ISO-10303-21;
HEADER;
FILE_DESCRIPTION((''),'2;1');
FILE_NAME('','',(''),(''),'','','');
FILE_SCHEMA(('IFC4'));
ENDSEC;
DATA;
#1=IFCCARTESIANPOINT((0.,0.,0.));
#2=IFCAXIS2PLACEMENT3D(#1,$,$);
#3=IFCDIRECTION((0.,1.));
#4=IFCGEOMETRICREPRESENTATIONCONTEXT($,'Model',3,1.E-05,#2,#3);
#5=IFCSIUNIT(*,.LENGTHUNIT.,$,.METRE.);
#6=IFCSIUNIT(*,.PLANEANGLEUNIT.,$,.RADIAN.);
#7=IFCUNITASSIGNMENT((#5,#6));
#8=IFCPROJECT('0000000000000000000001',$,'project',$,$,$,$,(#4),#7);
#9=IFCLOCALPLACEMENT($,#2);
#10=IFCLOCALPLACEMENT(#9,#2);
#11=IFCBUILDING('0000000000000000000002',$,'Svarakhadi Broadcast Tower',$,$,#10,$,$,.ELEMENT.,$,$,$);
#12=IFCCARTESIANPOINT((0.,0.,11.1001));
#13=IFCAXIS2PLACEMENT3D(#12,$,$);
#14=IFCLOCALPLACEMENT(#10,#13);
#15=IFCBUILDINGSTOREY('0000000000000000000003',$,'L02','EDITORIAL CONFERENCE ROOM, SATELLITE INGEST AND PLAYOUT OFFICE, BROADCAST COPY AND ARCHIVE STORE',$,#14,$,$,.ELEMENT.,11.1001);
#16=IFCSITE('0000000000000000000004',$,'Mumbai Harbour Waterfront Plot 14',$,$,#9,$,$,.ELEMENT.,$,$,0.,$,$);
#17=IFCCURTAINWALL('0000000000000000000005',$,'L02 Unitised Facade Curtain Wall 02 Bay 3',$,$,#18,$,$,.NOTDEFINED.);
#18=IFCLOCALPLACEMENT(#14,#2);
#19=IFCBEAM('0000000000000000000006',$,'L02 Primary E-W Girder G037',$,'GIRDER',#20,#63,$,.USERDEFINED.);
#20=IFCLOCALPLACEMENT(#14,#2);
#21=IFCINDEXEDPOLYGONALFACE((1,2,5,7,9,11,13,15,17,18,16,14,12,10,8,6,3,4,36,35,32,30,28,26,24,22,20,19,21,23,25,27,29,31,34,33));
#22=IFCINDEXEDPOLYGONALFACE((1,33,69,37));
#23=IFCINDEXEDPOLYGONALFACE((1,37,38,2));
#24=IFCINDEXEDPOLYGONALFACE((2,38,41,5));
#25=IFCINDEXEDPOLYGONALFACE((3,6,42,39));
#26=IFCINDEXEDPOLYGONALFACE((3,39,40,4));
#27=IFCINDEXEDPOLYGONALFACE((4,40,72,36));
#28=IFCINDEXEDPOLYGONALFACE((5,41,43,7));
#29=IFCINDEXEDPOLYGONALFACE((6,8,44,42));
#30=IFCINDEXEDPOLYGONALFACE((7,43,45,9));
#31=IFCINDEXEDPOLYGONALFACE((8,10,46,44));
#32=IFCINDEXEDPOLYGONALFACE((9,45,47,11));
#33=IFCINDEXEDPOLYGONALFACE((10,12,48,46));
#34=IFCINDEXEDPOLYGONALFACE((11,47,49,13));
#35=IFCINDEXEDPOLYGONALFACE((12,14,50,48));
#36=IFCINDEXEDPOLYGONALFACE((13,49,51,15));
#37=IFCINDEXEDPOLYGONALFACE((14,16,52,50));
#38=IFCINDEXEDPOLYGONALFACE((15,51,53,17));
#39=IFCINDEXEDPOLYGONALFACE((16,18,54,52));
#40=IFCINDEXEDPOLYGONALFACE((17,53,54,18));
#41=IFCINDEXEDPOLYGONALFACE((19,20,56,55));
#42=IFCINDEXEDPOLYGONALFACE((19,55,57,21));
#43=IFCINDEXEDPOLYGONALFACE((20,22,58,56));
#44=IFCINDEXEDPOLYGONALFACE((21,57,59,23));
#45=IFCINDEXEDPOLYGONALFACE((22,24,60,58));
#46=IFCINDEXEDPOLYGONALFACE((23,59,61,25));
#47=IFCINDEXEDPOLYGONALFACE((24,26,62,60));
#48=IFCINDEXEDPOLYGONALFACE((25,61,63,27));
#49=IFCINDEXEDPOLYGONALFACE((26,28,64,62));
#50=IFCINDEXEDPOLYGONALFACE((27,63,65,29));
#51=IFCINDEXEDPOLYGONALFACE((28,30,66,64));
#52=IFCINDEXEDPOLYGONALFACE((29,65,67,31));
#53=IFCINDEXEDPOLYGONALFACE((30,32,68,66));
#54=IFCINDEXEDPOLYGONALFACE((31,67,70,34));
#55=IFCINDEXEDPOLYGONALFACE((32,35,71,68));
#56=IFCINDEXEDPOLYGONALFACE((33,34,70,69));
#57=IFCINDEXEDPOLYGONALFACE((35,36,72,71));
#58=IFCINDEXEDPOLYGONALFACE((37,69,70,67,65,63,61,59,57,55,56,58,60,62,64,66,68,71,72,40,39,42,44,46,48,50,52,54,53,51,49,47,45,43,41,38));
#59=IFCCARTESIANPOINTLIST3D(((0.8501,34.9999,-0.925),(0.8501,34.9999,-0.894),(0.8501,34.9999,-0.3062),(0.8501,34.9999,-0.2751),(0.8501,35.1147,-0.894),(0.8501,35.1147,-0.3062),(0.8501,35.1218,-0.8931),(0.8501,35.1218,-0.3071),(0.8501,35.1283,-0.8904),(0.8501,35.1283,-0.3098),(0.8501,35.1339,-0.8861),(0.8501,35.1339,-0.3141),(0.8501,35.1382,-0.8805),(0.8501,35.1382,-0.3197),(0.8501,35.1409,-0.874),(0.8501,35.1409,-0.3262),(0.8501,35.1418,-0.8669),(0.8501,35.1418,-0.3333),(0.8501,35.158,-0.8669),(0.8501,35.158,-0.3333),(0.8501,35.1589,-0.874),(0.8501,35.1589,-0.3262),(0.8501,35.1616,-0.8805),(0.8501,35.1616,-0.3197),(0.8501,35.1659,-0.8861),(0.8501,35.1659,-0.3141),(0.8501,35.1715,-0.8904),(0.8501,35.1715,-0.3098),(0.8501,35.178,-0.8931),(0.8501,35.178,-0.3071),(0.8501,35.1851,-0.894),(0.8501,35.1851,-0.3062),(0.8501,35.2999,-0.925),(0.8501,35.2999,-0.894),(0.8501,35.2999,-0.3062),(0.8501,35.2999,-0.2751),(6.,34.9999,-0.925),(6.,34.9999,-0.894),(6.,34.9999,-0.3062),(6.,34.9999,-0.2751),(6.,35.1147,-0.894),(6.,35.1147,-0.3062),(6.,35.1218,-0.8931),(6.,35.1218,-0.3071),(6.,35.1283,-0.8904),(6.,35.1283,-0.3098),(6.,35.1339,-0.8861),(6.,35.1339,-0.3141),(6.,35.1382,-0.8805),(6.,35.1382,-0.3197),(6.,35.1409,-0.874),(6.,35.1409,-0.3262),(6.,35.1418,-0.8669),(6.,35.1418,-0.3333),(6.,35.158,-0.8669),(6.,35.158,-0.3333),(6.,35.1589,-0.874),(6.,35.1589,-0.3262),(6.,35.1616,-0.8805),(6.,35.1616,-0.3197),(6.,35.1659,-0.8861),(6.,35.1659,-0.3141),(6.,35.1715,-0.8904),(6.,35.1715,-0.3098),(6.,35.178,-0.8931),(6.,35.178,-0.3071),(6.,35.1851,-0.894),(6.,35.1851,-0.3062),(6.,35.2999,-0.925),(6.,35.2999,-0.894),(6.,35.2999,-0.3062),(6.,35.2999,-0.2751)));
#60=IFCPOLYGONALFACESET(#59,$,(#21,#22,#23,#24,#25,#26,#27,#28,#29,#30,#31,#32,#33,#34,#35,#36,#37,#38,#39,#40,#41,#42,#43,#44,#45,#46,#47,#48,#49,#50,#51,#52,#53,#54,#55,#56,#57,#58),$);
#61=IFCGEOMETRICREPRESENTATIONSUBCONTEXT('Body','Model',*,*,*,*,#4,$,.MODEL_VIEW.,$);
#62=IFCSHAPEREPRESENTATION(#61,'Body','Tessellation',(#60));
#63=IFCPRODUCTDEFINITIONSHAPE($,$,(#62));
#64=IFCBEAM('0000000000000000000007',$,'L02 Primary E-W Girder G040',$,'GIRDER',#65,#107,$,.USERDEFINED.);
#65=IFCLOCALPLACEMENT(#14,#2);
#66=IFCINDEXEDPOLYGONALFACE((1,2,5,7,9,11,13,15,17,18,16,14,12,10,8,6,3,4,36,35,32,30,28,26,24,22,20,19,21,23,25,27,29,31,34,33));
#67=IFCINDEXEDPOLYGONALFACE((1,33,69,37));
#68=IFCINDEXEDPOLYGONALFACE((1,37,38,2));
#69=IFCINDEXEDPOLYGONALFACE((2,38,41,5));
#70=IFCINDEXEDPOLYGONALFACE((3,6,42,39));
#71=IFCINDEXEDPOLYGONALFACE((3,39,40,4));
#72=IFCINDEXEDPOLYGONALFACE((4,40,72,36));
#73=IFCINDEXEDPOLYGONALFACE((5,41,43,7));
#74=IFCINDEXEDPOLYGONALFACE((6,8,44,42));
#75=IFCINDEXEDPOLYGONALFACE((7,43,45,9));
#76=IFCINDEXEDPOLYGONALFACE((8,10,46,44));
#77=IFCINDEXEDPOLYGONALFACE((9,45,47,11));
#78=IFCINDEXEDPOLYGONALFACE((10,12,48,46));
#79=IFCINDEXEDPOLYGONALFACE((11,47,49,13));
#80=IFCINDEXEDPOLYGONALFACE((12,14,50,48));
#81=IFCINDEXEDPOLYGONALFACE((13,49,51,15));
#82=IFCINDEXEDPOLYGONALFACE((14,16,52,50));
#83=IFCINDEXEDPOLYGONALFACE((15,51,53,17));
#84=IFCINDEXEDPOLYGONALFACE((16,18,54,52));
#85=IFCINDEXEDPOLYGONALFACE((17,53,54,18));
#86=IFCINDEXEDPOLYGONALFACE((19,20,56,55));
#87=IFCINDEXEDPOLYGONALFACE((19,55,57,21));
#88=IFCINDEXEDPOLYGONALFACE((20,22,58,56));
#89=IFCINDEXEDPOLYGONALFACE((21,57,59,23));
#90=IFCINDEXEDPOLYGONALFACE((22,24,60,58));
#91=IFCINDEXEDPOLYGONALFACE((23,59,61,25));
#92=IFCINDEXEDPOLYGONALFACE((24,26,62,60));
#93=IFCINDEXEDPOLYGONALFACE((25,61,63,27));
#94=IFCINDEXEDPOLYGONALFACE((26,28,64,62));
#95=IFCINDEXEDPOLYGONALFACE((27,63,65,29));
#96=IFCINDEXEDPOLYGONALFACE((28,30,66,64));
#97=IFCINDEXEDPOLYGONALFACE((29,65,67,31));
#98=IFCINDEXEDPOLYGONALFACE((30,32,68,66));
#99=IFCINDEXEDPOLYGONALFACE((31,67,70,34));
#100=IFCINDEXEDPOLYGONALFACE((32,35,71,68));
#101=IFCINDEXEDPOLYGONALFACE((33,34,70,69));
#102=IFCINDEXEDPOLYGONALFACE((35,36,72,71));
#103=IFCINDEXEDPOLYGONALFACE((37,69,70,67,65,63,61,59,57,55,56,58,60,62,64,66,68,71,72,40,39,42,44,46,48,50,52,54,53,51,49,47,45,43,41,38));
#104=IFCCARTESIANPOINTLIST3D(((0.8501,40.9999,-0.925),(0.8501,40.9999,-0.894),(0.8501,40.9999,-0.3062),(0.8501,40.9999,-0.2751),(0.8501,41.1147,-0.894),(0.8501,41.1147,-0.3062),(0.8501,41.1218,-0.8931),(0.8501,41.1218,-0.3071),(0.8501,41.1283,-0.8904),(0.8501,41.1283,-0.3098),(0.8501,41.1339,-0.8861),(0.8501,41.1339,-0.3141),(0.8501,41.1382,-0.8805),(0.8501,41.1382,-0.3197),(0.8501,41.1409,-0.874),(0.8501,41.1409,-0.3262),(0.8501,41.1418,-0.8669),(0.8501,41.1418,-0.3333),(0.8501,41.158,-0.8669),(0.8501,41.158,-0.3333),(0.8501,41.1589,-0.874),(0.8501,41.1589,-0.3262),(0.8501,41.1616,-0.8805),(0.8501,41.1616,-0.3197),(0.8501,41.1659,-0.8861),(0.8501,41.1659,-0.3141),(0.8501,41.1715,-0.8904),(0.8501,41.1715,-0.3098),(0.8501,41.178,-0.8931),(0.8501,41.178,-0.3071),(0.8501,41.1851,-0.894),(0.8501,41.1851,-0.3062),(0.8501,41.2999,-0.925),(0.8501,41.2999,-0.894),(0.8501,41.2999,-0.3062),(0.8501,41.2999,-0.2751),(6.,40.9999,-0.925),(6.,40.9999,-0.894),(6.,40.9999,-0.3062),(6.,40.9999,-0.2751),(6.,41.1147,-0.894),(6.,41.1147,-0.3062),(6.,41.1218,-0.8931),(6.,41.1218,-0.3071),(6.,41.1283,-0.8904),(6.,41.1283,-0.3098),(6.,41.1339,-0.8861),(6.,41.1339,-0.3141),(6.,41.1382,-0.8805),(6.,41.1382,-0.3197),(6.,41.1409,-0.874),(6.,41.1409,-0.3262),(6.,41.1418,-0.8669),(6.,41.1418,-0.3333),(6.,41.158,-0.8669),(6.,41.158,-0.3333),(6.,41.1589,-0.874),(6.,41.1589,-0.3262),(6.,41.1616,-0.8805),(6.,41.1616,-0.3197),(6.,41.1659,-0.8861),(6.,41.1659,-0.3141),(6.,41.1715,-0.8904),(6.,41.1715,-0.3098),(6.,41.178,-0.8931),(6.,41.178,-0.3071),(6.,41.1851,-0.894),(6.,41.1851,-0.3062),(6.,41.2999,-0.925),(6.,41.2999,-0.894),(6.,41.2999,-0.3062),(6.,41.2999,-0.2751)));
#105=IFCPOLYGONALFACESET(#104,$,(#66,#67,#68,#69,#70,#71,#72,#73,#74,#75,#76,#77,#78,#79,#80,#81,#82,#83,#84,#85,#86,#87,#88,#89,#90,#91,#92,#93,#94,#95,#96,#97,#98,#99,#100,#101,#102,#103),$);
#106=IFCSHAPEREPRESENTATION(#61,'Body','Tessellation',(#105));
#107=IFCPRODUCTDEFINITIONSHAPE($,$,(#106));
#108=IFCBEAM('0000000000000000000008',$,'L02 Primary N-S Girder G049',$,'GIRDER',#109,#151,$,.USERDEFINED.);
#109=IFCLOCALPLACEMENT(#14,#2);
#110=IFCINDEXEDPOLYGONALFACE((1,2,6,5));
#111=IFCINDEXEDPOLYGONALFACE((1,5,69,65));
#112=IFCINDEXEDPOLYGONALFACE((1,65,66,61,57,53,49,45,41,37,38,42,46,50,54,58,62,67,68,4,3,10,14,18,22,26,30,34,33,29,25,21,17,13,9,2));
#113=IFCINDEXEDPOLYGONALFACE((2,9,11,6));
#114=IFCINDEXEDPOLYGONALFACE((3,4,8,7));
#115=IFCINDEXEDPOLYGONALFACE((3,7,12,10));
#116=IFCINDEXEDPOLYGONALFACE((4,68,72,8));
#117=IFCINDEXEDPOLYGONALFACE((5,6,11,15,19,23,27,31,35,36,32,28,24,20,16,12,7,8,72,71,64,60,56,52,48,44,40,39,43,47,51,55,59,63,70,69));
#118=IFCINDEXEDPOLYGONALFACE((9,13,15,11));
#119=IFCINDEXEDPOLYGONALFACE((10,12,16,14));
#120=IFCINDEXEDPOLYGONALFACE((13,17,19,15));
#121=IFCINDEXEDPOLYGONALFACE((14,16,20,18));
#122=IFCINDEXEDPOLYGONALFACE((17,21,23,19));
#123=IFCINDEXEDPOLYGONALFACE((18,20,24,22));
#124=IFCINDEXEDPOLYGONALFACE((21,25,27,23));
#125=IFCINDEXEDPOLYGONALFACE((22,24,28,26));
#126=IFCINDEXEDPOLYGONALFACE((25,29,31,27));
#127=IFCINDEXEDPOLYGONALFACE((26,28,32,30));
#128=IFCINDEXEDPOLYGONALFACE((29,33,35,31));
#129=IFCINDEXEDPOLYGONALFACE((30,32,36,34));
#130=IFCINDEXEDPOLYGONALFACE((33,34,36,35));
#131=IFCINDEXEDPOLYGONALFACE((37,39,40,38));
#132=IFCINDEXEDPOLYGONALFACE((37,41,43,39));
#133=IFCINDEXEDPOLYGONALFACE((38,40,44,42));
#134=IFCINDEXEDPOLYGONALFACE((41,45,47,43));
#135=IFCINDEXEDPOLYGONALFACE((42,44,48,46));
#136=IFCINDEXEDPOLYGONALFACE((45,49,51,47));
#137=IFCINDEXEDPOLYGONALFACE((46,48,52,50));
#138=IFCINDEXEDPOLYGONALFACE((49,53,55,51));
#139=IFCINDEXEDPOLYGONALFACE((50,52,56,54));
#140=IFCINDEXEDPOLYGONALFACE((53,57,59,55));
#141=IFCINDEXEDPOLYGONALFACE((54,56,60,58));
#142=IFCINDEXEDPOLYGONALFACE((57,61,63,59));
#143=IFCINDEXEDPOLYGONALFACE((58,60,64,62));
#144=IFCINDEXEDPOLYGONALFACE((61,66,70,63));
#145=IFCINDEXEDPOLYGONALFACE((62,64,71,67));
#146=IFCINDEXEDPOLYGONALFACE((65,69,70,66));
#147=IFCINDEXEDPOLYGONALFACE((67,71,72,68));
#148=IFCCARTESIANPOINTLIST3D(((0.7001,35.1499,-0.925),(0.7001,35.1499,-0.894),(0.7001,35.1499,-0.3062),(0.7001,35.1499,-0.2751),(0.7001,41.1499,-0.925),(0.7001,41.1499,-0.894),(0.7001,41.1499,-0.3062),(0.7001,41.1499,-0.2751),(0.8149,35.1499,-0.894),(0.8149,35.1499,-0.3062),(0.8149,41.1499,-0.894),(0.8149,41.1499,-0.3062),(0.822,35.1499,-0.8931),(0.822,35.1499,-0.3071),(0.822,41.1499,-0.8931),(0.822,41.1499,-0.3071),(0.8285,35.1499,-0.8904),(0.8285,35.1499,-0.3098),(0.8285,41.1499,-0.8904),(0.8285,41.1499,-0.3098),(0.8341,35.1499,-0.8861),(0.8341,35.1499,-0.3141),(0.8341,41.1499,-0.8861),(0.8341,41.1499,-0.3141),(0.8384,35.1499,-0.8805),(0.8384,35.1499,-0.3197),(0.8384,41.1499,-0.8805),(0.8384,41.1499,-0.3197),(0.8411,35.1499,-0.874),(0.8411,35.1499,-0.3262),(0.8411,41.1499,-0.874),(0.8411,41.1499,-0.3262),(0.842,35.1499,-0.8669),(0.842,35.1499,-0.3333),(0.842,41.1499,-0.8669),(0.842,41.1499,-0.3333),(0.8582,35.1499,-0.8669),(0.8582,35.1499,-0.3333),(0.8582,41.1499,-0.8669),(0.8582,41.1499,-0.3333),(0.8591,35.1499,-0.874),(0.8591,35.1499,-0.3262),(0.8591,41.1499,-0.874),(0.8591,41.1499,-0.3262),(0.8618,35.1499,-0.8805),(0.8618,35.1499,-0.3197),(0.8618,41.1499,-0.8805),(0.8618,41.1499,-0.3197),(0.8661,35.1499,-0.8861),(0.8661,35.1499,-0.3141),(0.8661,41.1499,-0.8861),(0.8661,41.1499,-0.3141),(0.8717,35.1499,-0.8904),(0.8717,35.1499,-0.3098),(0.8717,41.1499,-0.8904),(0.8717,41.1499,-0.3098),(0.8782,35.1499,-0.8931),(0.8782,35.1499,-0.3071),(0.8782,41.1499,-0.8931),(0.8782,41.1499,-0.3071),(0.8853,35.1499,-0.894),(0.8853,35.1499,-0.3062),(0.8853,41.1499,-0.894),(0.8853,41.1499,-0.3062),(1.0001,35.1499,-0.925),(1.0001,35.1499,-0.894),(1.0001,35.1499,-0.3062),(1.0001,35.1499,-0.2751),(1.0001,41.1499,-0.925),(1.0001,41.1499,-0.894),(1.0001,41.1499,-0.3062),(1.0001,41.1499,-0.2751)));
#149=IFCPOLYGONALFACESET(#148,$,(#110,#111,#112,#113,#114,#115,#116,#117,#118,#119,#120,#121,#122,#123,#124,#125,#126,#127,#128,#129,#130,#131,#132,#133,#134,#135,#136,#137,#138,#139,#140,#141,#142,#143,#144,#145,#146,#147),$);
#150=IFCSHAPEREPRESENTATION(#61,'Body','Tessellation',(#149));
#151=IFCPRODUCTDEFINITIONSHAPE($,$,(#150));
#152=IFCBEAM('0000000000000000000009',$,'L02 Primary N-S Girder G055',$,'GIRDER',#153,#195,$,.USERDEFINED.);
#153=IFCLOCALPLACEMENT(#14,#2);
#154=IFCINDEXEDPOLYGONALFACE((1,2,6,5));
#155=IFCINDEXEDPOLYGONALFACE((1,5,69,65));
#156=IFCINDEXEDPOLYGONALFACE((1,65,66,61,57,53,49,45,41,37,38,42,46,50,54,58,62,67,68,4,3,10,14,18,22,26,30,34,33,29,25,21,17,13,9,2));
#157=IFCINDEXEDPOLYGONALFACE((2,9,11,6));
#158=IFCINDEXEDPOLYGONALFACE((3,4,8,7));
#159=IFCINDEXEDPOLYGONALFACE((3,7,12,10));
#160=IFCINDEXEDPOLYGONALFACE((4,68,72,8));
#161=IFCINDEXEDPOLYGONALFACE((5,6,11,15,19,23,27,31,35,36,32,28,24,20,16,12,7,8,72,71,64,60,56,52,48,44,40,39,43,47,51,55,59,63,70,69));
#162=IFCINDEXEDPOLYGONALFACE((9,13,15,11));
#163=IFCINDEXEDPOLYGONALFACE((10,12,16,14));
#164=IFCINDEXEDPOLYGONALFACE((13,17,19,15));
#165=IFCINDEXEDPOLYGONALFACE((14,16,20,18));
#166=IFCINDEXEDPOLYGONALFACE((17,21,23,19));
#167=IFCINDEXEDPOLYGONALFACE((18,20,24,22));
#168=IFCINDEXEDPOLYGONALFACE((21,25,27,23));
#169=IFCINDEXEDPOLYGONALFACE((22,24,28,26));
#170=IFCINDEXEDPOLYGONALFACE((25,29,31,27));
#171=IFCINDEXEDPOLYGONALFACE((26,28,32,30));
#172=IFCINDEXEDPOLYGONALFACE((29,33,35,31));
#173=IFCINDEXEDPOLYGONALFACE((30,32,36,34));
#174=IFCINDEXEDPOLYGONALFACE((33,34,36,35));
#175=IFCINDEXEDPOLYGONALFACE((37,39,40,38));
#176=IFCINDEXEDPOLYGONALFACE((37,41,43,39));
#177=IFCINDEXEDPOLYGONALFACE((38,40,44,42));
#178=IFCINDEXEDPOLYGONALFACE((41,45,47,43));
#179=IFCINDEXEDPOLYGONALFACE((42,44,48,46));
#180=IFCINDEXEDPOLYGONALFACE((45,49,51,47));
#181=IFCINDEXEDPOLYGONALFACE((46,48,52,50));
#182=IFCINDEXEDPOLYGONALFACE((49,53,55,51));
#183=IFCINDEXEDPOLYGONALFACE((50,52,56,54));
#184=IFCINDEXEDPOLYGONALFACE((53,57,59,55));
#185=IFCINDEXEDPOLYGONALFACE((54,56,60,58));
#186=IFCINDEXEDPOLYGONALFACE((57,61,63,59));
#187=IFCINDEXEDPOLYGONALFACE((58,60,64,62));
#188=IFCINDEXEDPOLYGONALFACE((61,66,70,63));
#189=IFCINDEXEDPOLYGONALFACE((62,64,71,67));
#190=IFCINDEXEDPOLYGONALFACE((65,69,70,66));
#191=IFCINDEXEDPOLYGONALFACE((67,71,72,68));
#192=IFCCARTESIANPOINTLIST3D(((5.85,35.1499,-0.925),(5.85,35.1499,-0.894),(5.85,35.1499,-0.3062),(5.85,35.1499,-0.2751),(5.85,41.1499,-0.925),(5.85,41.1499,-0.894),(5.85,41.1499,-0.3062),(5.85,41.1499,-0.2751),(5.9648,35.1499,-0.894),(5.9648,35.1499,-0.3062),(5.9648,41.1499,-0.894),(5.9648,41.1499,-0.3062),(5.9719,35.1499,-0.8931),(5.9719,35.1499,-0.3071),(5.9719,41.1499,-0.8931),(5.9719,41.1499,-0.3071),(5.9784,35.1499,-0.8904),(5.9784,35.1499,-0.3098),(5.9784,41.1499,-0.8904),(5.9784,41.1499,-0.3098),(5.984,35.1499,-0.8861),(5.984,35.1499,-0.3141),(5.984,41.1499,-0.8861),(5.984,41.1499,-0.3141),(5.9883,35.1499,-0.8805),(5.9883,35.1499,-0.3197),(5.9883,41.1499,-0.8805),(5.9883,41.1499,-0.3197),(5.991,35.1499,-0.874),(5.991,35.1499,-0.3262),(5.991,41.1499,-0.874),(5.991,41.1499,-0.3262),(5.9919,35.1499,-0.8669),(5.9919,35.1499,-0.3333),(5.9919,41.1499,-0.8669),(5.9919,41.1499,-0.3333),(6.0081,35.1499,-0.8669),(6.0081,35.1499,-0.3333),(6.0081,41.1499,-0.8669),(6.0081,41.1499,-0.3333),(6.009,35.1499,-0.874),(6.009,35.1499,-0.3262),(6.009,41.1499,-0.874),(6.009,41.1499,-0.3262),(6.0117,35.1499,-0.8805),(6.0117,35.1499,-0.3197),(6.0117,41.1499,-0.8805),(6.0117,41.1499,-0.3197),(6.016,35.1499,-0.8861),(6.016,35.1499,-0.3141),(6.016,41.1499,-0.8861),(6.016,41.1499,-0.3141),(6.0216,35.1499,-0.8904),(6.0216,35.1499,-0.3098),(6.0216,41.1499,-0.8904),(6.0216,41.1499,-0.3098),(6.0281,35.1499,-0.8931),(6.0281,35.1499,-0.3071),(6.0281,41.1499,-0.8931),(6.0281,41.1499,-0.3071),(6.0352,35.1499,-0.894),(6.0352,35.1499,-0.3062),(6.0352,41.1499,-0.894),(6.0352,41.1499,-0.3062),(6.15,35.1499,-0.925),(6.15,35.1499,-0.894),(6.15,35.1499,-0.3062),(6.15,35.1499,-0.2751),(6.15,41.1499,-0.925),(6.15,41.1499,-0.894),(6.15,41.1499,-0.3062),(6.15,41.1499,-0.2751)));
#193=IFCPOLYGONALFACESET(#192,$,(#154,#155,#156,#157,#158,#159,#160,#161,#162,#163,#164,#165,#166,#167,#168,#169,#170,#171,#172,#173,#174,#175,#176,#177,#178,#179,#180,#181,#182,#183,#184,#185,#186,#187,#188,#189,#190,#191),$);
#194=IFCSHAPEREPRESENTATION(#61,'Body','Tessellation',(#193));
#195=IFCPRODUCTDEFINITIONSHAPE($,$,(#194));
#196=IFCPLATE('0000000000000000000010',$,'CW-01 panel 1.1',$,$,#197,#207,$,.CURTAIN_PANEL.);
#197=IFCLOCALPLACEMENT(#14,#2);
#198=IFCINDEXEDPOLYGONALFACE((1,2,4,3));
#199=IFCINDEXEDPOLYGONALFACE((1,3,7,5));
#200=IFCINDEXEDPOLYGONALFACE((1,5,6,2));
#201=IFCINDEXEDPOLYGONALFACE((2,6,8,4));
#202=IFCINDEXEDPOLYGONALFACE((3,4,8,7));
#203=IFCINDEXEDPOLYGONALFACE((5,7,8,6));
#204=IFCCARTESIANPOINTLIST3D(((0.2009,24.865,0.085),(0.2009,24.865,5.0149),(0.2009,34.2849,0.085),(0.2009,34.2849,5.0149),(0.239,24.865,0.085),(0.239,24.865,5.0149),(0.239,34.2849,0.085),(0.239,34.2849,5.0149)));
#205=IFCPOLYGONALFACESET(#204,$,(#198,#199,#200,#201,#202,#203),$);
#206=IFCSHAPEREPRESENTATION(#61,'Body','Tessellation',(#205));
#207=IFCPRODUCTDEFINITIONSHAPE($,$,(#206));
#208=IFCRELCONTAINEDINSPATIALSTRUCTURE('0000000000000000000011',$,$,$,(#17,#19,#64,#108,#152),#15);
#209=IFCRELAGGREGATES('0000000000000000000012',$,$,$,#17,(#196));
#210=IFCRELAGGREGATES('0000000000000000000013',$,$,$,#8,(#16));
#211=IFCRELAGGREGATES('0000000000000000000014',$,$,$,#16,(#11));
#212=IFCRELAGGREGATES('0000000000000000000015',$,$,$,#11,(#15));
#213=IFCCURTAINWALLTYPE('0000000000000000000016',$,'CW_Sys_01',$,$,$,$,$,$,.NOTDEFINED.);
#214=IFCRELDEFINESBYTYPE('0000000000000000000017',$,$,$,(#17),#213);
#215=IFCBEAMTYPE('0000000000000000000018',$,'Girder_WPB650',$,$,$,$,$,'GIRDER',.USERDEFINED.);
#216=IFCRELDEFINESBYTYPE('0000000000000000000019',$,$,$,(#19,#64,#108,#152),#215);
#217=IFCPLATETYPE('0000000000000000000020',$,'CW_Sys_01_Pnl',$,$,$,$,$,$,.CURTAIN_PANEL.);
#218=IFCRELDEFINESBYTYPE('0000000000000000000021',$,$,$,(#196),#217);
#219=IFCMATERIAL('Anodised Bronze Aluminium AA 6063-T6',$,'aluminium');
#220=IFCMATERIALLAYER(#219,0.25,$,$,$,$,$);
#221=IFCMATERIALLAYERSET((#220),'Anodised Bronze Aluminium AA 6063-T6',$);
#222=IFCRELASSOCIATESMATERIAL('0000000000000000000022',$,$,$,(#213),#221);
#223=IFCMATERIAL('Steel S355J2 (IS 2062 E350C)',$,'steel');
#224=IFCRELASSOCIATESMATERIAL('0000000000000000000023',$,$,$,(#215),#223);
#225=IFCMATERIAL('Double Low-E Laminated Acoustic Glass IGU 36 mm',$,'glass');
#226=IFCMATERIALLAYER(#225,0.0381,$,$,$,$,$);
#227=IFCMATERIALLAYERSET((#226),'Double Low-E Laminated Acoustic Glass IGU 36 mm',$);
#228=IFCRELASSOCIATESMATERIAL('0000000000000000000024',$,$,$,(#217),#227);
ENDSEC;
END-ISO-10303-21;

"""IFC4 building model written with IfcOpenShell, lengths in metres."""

from ifc_helpers import new_model, si_unit, direction, frame, origin, origin_2d, place, context, subcontext, project, spatial, rectangle, i_section, extrude, material, layer, layer_set, material_profile, profile_set, type_object, element, aggregate, save


model = new_model("IFC4")

# Units and contexts
model_context = context("Model", 3, precision=1e-05, world=origin(), true_north=direction((0.0, 1.0)))
body_context = subcontext(model_context, "Body", "Model", "MODEL_VIEW")
ifc_project = project(units=[si_unit("LENGTHUNIT", "METRE"), si_unit("PLANEANGLEUNIT", "RADIAN")], contexts=[model_context])

# Site, building, storey
site_placement = place(None, origin())
site = spatial("IfcSite", under=ifc_project, at=site_placement, Name="Mumbai Harbour Waterfront Plot 14", CompositionType="ELEMENT", RefElevation=0.0)
building_placement = place(site_placement, origin())
building = spatial("IfcBuilding", under=site, at=building_placement, Name="Svarakhadi Broadcast Tower", CompositionType="ELEMENT")
storey_placement = place(building_placement, frame((0.0, 0.0, 11.1001)))
storey = spatial("IfcBuildingStorey", under=building, at=storey_placement, Name="L02", Description="EDITORIAL CONFERENCE ROOM, SATELLITE INGEST AND PLAYOUT OFFICE, BROADCAST COPY AND ARCHIVE STORE", CompositionType="ELEMENT", Elevation=11.1001)

# Shared definitions
ifc_material_1 = material(Name="Steel S355J2 (IS 2062 E350C)", Category="steel")

# Curtain wall
ifc_material_2 = material(Name="Anodised Bronze Aluminium AA 6063-T6", Category="aluminium")
ifc_layer_1 = layer(ifc_material_2, 0.25)
ifc_layer_set_1 = layer_set([ifc_layer_1], Name="Anodised Bronze Aluminium AA 6063-T6")
curtain_wall_type = type_object("IfcCurtainWallType", Name="CW_Sys_01", PredefinedType="NOTDEFINED", material=ifc_layer_set_1)
curtain_wall_1_placement = place(storey_placement, origin())
curtain_wall_1 = element("IfcCurtainWall", 1, at=curtain_wall_1_placement, inside=storey, type_object=curtain_wall_type, Name="L02 Unitised Facade Curtain Wall 02 Bay 3", PredefinedType="NOTDEFINED")

# Beams
ifc_material_profile_1 = material_profile(ifc_material_1, i_section(OverallWidth=0.3, OverallDepth=0.6499, WebThickness=0.0161, FlangeThickness=0.031, FilletRadius=0.0271, at=origin_2d()), Name="WPB 650x300x225")
ifc_profile_set_1 = profile_set([ifc_material_profile_1], Name="Steel S355J2 (IS 2062 E350C)")
beam_type_1 = type_object("IfcBeamType", Name="Girder_WPB650", ElementType="GIRDER", PredefinedType="USERDEFINED", material=ifc_profile_set_1)
for number, where, z_axis, x_axis, name in (
    (2, (0.8501, 35.1499, -0.6001), (1.0, 0.0, 0.0), (0.0, 1.0, 0.0), "L02 Primary E-W Girder G037"),
    (3, (0.8501, 41.1499, -0.6001), (1.0, 0.0, 0.0), (0.0, 1.0, 0.0), "L02 Primary E-W Girder G040"),
):
    element("IfcBeam", number, at=place(storey_placement, frame(where, z_axis=z_axis, x_axis=x_axis)), inside=storey, type_object=beam_type_1, Name=name, ObjectType="GIRDER", PredefinedType="USERDEFINED", context=body_context, shape_type="SweptSolid", body=[
        extrude(i_section(OverallWidth=0.3, OverallDepth=0.6499, WebThickness=0.0161, FlangeThickness=0.031, FilletRadius=0.0271, at=origin_2d()), origin(), (0.0, 0.0, 1.0), 5.1499),
    ])
for number, where, z_axis, x_axis, name in (
    (4, (0.8501, 35.1499, -0.6001), (0.0, 1.0, 0.0), (-1.0, 0.0, 0.0), "L02 Primary N-S Girder G049"),
    (5, (6.0, 35.1499, -0.6001), (0.0, 1.0, 0.0), (-1.0, 0.0, 0.0), "L02 Primary N-S Girder G055"),
):
    element("IfcBeam", number, at=place(storey_placement, frame(where, z_axis=z_axis, x_axis=x_axis)), inside=storey, type_object=beam_type_1, Name=name, ObjectType="GIRDER", PredefinedType="USERDEFINED", context=body_context, shape_type="SweptSolid", body=[
        extrude(i_section(OverallWidth=0.3, OverallDepth=0.6499, WebThickness=0.0161, FlangeThickness=0.031, FilletRadius=0.0271, at=origin_2d()), origin(), (0.0, 0.0, 1.0), 6.0),
    ])

# Plate
ifc_material_3 = material(Name="Double Low-E Laminated Acoustic Glass IGU 36 mm", Category="glass")
ifc_layer_2 = layer(ifc_material_3, 0.0381)
ifc_layer_set_2 = layer_set([ifc_layer_2], Name="Double Low-E Laminated Acoustic Glass IGU 36 mm")
plate_type = type_object("IfcPlateType", Name="CW_Sys_01_Pnl", PredefinedType="CURTAIN_PANEL", material=ifc_layer_set_2)
plate_1_placement = place(storey_placement, frame((0.22, 29.575, 0.085), z_axis=(0.0, 0.0, 1.0), x_axis=(0.0, 1.0, 0.0)))
plate_1 = element("IfcPlate", 6, at=plate_1_placement, type_object=plate_type, Name="CW-01 panel 1.1", PredefinedType="CURTAIN_PANEL", context=body_context, shape_type="SweptSolid", body=[
    extrude(rectangle(XDim=9.4199, YDim=0.0381, at=origin_2d()), origin(), (0.0, 0.0, 1.0), 4.9299),
])
aggregate(curtain_wall_1, [plate_1])

save(model, "model.ifc")
